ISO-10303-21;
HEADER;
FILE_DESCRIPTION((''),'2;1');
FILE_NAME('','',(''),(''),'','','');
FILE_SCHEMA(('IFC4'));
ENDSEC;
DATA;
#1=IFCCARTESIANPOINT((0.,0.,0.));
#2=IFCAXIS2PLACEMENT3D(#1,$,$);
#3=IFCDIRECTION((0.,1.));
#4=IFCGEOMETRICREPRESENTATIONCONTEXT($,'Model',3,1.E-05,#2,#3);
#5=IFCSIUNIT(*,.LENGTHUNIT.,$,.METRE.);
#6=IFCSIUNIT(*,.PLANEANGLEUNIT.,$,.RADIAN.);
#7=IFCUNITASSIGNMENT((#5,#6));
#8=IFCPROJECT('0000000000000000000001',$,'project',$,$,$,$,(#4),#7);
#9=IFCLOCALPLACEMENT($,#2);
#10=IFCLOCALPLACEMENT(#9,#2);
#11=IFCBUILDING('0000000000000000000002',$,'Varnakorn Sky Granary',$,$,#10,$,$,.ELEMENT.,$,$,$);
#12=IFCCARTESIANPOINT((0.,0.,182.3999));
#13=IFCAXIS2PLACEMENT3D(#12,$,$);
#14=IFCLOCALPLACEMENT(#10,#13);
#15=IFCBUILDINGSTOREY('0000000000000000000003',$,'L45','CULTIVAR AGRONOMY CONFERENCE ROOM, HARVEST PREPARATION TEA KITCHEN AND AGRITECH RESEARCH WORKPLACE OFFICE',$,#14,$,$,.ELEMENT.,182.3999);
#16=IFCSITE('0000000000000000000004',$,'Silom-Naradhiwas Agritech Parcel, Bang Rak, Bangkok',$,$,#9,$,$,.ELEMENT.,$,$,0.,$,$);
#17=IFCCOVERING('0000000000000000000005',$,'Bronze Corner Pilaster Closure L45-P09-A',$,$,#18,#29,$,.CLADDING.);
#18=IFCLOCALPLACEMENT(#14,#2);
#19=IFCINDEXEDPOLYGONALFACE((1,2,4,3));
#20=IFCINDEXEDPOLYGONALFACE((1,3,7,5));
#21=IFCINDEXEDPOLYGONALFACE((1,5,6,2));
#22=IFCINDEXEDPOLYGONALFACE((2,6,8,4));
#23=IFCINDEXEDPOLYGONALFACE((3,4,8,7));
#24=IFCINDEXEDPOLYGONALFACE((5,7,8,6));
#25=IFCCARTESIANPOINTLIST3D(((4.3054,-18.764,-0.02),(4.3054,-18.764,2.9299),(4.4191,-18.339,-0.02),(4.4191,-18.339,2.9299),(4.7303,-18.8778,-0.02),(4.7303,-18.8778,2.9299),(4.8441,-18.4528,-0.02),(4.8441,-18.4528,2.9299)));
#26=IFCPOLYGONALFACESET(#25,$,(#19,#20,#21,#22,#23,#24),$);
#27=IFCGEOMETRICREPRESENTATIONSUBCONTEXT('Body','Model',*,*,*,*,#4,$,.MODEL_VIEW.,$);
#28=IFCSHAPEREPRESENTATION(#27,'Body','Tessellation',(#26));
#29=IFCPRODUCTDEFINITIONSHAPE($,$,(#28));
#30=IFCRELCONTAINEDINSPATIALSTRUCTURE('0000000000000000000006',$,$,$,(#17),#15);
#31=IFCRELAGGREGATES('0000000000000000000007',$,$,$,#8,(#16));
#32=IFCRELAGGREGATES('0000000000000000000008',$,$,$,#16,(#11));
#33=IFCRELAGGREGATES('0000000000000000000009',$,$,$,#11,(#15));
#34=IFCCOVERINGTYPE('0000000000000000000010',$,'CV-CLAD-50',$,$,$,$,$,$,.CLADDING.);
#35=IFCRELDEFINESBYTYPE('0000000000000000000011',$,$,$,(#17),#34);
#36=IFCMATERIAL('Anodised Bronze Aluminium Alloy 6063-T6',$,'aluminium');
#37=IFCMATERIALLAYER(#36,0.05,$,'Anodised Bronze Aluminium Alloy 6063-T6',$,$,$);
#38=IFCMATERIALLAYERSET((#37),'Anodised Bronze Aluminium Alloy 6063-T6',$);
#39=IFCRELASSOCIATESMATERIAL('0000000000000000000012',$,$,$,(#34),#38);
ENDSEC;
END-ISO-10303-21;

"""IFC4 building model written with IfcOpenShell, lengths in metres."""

from ifc_helpers import new_model, si_unit, direction, frame, origin, origin_2d, place, context, subcontext, project, spatial, rectangle, extrude, source, transform, mapped, material, layer, layer_set, type_object, type_shapes, element, save


model = new_model("IFC4")

# Units and contexts
model_context = context("Model", 3, precision=1e-05, world=origin(), true_north=direction((0.0, 1.0)))
body_context = subcontext(model_context, "Body", "Model", "MODEL_VIEW")
ifc_project = project(units=[si_unit("LENGTHUNIT", "METRE"), si_unit("PLANEANGLEUNIT", "RADIAN")], contexts=[model_context])

# Site, building, storey
site_placement = place(None, origin())
site = spatial("IfcSite", under=ifc_project, at=site_placement, Name="Silom-Naradhiwas Agritech Parcel, Bang Rak, Bangkok", CompositionType="ELEMENT", RefElevation=0.0)
building_placement = place(site_placement, origin())
building = spatial("IfcBuilding", under=site, at=building_placement, Name="Varnakorn Sky Granary", CompositionType="ELEMENT")
storey_placement = place(building_placement, frame((0.0, 0.0, 182.3999)))
storey = spatial("IfcBuildingStorey", under=building, at=storey_placement, Name="L45", Description="CULTIVAR AGRONOMY CONFERENCE ROOM, HARVEST PREPARATION TEA KITCHEN AND AGRITECH RESEARCH WORKPLACE OFFICE", CompositionType="ELEMENT", Elevation=182.3999)

# Shared definitions
ifc_material_1 = material(Name="Anodised Bronze Aluminium Alloy 6063-T6", Category="aluminium")

# Covering
ifc_layer_1 = layer(ifc_material_1, 0.05, Name="Anodised Bronze Aluminium Alloy 6063-T6")
ifc_layer_set_1 = layer_set([ifc_layer_1], Name="Anodised Bronze Aluminium Alloy 6063-T6")
covering_type = type_object("IfcCoveringType", Name="CV-CLAD-50", PredefinedType="CLADDING", material=ifc_layer_set_1)
shared_shape_1 = source(origin(), body_context, "Body", "SweptSolid", [
    extrude(rectangle(XDim=0.4399, YDim=0.4399, at=origin_2d()), origin(), (0.0, 0.0, 1.0), 2.95),
])
type_shapes(covering_type, [shared_shape_1])
covering_placement = place(storey_placement, frame((4.5747, -18.6084, -0.02), z_axis=(0.0, 0.0, 1.0), x_axis=(-0.966016, 0.258482, 0.0)))
element("IfcCovering", 1, at=covering_placement, inside=storey, type_object=covering_type, Name="Bronze Corner Pilaster Closure L45-P09-A", PredefinedType="CLADDING", context=body_context, shape_type="MappedRepresentation", body=[
    mapped(shared_shape_1, transform((0.0, 0.0, 0.0), x_axis=(1.0, 0.0, 0.0), y_axis=(0.0, 1.0, 0.0), z_axis=(0.0, 0.0, 1.0), scale=1.0)),
])

save(model, "model.ifc")
